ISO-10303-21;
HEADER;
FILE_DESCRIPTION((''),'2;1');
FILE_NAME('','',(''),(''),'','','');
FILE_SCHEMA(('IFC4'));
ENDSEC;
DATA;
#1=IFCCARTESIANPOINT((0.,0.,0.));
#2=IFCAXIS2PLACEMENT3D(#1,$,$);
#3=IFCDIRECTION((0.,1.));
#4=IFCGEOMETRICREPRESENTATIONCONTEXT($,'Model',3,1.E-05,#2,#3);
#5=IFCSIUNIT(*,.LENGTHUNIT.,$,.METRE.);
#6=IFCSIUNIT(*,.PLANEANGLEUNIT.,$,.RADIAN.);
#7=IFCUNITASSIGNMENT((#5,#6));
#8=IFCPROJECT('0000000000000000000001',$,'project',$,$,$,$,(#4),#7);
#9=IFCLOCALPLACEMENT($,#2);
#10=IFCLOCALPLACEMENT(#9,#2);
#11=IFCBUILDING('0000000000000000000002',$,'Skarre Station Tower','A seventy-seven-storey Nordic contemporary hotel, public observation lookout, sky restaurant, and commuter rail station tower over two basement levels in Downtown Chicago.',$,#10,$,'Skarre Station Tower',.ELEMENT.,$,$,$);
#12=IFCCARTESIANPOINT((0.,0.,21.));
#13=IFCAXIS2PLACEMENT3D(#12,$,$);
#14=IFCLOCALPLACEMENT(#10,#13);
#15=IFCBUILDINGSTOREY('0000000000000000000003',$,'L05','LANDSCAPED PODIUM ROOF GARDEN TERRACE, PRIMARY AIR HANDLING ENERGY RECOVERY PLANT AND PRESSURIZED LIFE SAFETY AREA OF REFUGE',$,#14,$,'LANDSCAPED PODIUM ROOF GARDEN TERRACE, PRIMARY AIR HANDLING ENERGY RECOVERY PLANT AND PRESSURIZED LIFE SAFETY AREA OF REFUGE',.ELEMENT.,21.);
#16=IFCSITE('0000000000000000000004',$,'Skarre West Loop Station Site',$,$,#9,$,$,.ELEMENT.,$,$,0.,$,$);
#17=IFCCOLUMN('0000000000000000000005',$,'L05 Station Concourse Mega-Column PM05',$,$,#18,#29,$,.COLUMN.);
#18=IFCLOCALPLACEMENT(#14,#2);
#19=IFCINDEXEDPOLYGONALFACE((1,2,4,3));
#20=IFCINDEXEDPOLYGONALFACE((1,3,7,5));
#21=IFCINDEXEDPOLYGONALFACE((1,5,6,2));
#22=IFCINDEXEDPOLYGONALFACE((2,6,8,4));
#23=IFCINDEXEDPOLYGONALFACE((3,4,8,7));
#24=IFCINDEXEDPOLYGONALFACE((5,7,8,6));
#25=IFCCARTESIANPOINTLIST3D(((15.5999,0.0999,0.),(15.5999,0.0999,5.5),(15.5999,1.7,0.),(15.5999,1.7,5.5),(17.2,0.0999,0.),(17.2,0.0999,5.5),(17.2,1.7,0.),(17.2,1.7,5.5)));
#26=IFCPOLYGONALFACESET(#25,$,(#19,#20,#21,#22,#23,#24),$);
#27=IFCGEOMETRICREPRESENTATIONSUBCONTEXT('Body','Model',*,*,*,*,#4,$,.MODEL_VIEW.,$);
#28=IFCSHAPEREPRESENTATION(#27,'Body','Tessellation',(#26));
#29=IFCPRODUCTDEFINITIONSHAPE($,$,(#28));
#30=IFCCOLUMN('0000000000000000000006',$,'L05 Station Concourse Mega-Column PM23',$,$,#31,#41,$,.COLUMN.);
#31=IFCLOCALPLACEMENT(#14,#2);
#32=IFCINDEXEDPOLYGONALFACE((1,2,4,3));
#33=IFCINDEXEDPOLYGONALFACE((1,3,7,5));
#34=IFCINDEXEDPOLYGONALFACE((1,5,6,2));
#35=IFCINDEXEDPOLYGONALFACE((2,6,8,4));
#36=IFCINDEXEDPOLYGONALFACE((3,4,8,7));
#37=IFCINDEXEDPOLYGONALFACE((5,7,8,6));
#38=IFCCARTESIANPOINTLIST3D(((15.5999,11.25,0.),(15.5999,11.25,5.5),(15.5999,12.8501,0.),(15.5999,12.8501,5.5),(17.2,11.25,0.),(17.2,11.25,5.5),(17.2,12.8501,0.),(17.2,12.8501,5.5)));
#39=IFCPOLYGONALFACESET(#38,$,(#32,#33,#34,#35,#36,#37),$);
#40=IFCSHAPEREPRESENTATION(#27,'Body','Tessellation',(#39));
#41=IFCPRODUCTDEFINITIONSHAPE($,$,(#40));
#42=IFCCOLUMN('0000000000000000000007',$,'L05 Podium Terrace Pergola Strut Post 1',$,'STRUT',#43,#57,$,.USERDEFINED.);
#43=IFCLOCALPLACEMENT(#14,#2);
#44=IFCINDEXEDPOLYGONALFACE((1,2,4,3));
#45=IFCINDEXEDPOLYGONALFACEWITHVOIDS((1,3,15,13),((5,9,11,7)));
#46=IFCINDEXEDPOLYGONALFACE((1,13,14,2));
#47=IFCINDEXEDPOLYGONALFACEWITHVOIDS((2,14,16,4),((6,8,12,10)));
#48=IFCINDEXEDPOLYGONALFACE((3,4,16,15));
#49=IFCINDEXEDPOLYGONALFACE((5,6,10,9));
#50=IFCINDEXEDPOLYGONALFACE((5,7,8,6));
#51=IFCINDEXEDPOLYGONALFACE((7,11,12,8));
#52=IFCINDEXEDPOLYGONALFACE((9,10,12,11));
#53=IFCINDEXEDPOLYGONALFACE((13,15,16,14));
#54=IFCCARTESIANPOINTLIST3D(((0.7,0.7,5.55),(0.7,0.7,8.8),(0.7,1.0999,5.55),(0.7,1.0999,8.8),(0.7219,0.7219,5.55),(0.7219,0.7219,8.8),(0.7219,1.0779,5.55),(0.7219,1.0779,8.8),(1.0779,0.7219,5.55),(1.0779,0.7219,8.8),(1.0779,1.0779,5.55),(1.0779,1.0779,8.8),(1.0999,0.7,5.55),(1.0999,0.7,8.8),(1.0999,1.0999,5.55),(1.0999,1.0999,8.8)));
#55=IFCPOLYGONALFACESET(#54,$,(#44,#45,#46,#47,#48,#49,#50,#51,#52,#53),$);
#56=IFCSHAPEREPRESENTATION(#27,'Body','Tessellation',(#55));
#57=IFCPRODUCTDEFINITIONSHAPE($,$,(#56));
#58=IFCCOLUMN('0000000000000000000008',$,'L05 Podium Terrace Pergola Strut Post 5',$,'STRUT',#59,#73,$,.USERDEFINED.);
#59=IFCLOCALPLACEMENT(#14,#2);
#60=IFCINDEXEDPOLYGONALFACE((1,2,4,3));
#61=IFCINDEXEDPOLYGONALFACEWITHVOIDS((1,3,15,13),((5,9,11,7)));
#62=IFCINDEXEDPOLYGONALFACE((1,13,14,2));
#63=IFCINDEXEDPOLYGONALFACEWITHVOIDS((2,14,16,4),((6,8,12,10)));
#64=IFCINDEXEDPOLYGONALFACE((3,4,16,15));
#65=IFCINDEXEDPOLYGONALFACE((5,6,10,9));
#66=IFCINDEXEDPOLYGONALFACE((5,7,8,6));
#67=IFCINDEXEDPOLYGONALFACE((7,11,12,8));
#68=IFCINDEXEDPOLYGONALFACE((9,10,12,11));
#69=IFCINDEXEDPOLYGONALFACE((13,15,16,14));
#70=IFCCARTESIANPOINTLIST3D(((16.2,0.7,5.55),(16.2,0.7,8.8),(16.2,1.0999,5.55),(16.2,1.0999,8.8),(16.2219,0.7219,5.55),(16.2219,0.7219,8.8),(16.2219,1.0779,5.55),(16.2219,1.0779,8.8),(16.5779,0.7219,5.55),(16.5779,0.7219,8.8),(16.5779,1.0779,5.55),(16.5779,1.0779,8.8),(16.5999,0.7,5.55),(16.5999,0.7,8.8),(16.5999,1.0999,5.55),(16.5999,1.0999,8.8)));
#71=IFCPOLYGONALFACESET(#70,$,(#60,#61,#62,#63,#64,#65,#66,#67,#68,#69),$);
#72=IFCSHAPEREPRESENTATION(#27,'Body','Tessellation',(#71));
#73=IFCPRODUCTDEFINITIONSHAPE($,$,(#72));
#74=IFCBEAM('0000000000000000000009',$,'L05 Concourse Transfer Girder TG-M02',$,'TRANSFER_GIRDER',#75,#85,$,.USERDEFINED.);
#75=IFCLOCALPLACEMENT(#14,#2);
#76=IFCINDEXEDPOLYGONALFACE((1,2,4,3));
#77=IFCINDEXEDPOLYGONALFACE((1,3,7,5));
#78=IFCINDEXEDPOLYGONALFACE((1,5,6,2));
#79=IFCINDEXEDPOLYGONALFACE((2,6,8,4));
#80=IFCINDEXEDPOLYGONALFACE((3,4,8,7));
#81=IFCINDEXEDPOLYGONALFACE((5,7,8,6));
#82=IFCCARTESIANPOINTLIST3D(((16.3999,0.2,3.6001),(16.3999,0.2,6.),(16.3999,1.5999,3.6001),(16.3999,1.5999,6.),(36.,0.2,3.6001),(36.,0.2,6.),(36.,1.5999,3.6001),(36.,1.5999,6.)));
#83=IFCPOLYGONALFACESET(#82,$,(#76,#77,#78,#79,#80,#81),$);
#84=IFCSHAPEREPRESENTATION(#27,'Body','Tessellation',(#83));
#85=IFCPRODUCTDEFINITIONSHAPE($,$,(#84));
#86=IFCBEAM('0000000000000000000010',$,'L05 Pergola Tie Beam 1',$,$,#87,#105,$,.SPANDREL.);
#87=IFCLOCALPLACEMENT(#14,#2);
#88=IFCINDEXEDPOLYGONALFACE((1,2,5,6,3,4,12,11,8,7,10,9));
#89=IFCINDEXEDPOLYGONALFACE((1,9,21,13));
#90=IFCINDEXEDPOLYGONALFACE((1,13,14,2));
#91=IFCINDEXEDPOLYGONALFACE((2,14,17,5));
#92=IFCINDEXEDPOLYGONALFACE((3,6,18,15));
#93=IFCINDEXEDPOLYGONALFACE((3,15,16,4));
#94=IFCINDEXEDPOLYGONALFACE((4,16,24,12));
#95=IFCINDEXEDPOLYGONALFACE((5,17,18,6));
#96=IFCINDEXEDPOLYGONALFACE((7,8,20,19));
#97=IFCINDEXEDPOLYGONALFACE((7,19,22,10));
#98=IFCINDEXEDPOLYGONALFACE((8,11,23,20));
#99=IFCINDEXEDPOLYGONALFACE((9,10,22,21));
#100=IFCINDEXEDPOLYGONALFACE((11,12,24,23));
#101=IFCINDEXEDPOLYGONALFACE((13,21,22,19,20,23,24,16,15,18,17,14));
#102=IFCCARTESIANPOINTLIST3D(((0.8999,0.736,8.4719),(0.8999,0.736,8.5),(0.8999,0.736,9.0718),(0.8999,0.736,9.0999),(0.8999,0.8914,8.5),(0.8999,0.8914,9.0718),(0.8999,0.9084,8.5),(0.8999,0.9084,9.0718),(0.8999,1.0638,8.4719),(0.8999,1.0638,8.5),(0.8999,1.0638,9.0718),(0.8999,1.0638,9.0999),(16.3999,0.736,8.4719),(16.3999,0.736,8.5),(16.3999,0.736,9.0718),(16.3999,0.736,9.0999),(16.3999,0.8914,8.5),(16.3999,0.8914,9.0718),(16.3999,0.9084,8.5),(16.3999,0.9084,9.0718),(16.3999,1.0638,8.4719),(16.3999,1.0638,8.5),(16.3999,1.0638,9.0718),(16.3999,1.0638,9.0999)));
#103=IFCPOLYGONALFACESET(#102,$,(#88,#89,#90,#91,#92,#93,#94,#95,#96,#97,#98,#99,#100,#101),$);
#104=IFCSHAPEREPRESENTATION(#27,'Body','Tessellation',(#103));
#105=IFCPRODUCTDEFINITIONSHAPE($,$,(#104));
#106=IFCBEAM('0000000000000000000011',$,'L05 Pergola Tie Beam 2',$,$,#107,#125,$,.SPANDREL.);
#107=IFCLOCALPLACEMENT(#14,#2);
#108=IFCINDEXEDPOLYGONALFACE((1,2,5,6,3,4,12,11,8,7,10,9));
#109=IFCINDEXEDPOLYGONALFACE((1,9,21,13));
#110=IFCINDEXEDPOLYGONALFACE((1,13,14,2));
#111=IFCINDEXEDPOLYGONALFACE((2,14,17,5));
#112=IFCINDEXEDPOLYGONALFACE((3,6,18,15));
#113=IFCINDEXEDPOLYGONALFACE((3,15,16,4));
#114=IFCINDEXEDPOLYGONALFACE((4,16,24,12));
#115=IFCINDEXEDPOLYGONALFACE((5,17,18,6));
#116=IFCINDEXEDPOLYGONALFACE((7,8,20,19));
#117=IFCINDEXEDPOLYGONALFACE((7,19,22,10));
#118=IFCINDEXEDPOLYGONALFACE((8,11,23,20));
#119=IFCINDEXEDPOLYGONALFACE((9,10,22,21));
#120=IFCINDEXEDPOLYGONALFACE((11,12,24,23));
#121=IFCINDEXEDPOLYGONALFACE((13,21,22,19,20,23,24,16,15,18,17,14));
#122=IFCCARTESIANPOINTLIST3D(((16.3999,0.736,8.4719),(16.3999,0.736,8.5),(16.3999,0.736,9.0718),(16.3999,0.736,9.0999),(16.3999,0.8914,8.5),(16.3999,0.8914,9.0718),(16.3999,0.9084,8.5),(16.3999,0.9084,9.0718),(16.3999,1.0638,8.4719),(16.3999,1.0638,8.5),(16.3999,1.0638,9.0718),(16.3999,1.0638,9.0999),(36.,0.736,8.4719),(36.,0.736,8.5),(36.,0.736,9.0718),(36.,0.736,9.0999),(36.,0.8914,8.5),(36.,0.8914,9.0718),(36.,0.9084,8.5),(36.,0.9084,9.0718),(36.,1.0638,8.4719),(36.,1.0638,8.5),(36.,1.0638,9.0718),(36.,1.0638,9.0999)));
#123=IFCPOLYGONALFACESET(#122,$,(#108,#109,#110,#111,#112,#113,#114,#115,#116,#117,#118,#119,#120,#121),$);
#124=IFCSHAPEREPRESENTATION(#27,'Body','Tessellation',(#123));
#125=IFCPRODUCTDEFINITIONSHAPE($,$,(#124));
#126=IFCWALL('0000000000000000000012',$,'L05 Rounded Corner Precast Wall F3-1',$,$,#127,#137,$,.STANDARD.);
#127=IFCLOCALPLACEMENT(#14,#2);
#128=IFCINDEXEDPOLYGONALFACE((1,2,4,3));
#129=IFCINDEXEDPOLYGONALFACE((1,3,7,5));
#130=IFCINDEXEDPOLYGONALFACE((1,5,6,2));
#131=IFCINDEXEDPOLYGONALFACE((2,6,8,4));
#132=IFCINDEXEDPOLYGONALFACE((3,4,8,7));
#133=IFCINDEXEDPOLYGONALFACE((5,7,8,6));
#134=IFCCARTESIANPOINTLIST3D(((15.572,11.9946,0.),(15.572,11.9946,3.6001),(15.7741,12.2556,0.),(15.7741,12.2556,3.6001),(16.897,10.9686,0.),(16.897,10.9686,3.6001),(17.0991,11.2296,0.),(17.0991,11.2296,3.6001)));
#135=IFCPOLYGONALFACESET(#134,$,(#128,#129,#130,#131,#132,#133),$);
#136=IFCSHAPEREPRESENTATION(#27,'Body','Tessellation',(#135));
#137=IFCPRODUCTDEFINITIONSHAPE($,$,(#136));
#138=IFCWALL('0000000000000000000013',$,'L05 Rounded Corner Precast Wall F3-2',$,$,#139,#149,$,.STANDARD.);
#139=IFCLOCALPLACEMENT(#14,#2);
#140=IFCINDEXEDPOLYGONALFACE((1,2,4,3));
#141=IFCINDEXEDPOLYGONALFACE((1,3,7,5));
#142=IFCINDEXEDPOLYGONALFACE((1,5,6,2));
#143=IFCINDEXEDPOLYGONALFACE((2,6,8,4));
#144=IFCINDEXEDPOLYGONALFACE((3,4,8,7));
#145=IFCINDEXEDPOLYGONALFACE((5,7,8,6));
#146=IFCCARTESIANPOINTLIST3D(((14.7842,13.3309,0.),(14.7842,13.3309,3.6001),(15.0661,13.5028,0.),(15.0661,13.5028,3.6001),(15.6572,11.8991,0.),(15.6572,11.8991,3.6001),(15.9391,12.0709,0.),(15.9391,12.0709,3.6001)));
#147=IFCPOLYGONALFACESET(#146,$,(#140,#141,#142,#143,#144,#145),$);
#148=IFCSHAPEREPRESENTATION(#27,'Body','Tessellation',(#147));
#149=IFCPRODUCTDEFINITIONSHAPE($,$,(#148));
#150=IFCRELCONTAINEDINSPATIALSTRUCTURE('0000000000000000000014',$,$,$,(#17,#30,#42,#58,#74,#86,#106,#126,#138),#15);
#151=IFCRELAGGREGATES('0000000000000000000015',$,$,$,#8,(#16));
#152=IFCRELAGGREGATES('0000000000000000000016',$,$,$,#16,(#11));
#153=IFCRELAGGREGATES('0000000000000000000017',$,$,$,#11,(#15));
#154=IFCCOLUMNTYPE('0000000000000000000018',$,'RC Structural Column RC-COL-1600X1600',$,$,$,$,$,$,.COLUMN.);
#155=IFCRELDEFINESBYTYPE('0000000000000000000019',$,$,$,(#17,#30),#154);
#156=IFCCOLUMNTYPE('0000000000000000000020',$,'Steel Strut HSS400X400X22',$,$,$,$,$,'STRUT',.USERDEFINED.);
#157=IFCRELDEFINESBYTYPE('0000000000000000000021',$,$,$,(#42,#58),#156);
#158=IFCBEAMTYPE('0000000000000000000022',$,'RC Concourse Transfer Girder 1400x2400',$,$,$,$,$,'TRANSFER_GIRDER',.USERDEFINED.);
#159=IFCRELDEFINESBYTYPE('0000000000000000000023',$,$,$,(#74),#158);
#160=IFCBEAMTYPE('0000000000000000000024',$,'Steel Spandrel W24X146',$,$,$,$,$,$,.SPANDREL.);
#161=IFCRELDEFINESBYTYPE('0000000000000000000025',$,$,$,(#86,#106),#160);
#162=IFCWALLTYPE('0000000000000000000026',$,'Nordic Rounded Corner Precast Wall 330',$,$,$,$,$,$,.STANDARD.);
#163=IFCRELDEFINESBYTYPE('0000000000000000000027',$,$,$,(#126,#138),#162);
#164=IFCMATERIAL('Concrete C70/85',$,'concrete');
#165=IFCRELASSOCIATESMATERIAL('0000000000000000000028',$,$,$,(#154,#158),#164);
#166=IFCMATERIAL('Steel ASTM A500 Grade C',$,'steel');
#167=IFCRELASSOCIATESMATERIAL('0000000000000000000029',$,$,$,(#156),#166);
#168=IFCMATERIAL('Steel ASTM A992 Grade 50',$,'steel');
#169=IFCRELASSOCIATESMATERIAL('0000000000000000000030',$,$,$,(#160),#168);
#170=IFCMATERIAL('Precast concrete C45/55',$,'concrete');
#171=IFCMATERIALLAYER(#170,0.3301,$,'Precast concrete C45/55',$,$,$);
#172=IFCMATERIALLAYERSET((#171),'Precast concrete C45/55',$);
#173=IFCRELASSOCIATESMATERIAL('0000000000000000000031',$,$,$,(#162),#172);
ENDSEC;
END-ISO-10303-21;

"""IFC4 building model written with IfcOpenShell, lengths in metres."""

from ifc_helpers import new_model, si_unit, direction, frame, frame_2d, origin, origin_2d, place, context, subcontext, project, spatial, rectangle, hollow_rectangle, i_section, extrude, material, layer, layer_set, material_profile, profile_set, type_object, element, save


model = new_model("IFC4")

# Units and contexts
model_context = context("Model", 3, precision=1e-05, world=origin(), true_north=direction((0.0, 1.0)))
body_context = subcontext(model_context, "Body", "Model", "MODEL_VIEW")
ifc_project = project(units=[si_unit("LENGTHUNIT", "METRE"), si_unit("PLANEANGLEUNIT", "RADIAN")], contexts=[model_context])

# Site, building, storey
site_placement = place(None, origin())
site = spatial("IfcSite", under=ifc_project, at=site_placement, Name="Skarre West Loop Station Site", CompositionType="ELEMENT", RefElevation=0.0)
building_placement = place(site_placement, origin())
building = spatial("IfcBuilding", under=site, at=building_placement, Name="Skarre Station Tower", Description="A seventy-seven-storey Nordic contemporary hotel, public observation lookout, sky restaurant, and commuter rail station tower over two basement levels in Downtown Chicago.", LongName="Skarre Station Tower", CompositionType="ELEMENT")
storey_placement = place(building_placement, frame((0.0, 0.0, 21.0)))
storey = spatial("IfcBuildingStorey", under=building, at=storey_placement, Name="L05", Description="LANDSCAPED PODIUM ROOF GARDEN TERRACE, PRIMARY AIR HANDLING ENERGY RECOVERY PLANT AND PRESSURIZED LIFE SAFETY AREA OF REFUGE", LongName="LANDSCAPED PODIUM ROOF GARDEN TERRACE, PRIMARY AIR HANDLING ENERGY RECOVERY PLANT AND PRESSURIZED LIFE SAFETY AREA OF REFUGE", CompositionType="ELEMENT", Elevation=21.0)

# Columns
ifc_material_1 = material(Name="Concrete C70/85", Category="concrete")
ifc_material_profile_1 = material_profile(ifc_material_1, rectangle(XDim=1.6001, YDim=1.6001, at=origin_2d()), Name="Concrete C70/85")
ifc_profile_set_1 = profile_set([ifc_material_profile_1], Name="Concrete C70/85")
column_type_1 = type_object("IfcColumnType", Name="RC Structural Column RC-COL-1600X1600", PredefinedType="COLUMN", material=ifc_profile_set_1)
for number, where, z_axis, x_axis, name in (
    (1, (16.3999, 0.8999, 0.0), (0.0, 0.0, 1.0), (1.0, 0.0, 0.0), "L05 Station Concourse Mega-Column PM05"),
    (2, (16.3999, 12.05, 0.0), (0.0, 0.0, 1.0), (1.0, 0.0, 0.0), "L05 Station Concourse Mega-Column PM23"),
):
    element("IfcColumn", number, at=place(storey_placement, frame(where, z_axis=z_axis, x_axis=x_axis)), inside=storey, type_object=column_type_1, Name=name, PredefinedType="COLUMN", context=body_context, shape_type="SweptSolid", body=[
        extrude(rectangle(XDim=1.6001, YDim=1.6001, at=origin_2d()), origin(), (0.0, 0.0, 1.0), 5.5),
    ])
ifc_material_2 = material(Name="Steel ASTM A500 Grade C", Category="steel")
ifc_material_profile_2 = material_profile(ifc_material_2, hollow_rectangle(XDim=0.3999, YDim=0.3999, WallThickness=0.022, at=origin_2d()), Name="Steel ASTM A500 Grade C")
ifc_profile_set_2 = profile_set([ifc_material_profile_2], Name="Steel ASTM A500 Grade C")
column_type_2 = type_object("IfcColumnType", Name="Steel Strut HSS400X400X22", ElementType="STRUT", PredefinedType="USERDEFINED", material=ifc_profile_set_2)
for number, where, z_axis, x_axis, name in (
    (3, (0.8999, 0.8999, 5.55), (0.0, 0.0, 1.0), (1.0, 0.0, 0.0), "L05 Podium Terrace Pergola Strut Post 1"),
    (4, (16.3999, 0.8999, 5.55), (0.0, 0.0, 1.0), (1.0, 0.0, 0.0), "L05 Podium Terrace Pergola Strut Post 5"),
):
    element("IfcColumn", number, at=place(storey_placement, frame(where, z_axis=z_axis, x_axis=x_axis)), inside=storey, type_object=column_type_2, Name=name, ObjectType="STRUT", PredefinedType="USERDEFINED", context=body_context, shape_type="SweptSolid", body=[
        extrude(hollow_rectangle(XDim=0.3999, YDim=0.3999, WallThickness=0.022, at=origin_2d()), origin(), (0.0, 0.0, 1.0), 3.25),
    ])

# Beams
ifc_material_profile_3 = material_profile(ifc_material_1, rectangle(XDim=1.3999, YDim=2.3999, at=origin_2d()), Name="Concrete C70/85")
ifc_profile_set_3 = profile_set([ifc_material_profile_3], Name="Concrete C70/85")
beam_type_1 = type_object("IfcBeamType", Name="RC Concourse Transfer Girder 1400x2400", ElementType="TRANSFER_GIRDER", PredefinedType="USERDEFINED", material=ifc_profile_set_3)
beam_1_placement = place(storey_placement, frame((16.3999, 0.8999, 4.8), z_axis=(1.0, 0.0, 0.0), x_axis=(0.0, 1.0, 0.0)))
element("IfcBeam", 5, at=beam_1_placement, inside=storey, type_object=beam_type_1, Name="L05 Concourse Transfer Girder TG-M02", ObjectType="TRANSFER_GIRDER", PredefinedType="USERDEFINED", context=body_context, shape_type="SweptSolid", body=[
    extrude(rectangle(XDim=1.3999, YDim=2.3999, at=origin_2d()), origin(), (0.0, 0.0, 1.0), 19.6001),
])
ifc_material_3 = material(Name="Steel ASTM A992 Grade 50", Category="steel")
ifc_material_profile_4 = material_profile(ifc_material_3, i_section(OverallWidth=0.3279, OverallDepth=0.6279, WebThickness=0.0171, FlangeThickness=0.0281, at=origin_2d()), Name="Steel ASTM A992 Grade 50")
ifc_profile_set_4 = profile_set([ifc_material_profile_4], Name="Steel ASTM A992 Grade 50")
beam_type_2 = type_object("IfcBeamType", Name="Steel Spandrel W24X146", PredefinedType="SPANDREL", material=ifc_profile_set_4)
beam_2_placement = place(storey_placement, frame((0.8999, 0.8999, 8.7859), z_axis=(1.0, 0.0, 0.0), x_axis=(0.0, 1.0, 0.0)))
element("IfcBeam", 6, at=beam_2_placement, inside=storey, type_object=beam_type_2, Name="L05 Pergola Tie Beam 1", PredefinedType="SPANDREL", context=body_context, shape_type="SweptSolid", body=[
    extrude(i_section(OverallWidth=0.3279, OverallDepth=0.6279, WebThickness=0.0171, FlangeThickness=0.0281, at=origin_2d()), origin(), (0.0, 0.0, 1.0), 15.5),
])
beam_3_placement = place(storey_placement, frame((16.3999, 0.8999, 8.7859), z_axis=(1.0, 0.0, 0.0), x_axis=(0.0, 1.0, 0.0)))
element("IfcBeam", 7, at=beam_3_placement, inside=storey, type_object=beam_type_2, Name="L05 Pergola Tie Beam 2", PredefinedType="SPANDREL", context=body_context, shape_type="SweptSolid", body=[
    extrude(i_section(OverallWidth=0.3279, OverallDepth=0.6279, WebThickness=0.0171, FlangeThickness=0.0281, at=origin_2d()), origin(), (0.0, 0.0, 1.0), 19.6001),
])

# Walls
ifc_material_4 = material(Name="Precast concrete C45/55", Category="concrete")
ifc_layer = layer(ifc_material_4, 0.3301, Name="Precast concrete C45/55")
ifc_layer_set = layer_set([ifc_layer], Name="Precast concrete C45/55")
wall_type = type_object("IfcWallType", Name="Nordic Rounded Corner Precast Wall 330", PredefinedType="STANDARD", material=ifc_layer_set)
wall_1_placement = place(storey_placement, frame((16.998, 11.0991, 0.0), z_axis=(0.0, 0.0, 1.0), x_axis=(-0.790692, 0.612214, 0.0)))
element("IfcWall", 8, at=wall_1_placement, inside=storey, type_object=wall_type, Name="L05 Rounded Corner Precast Wall F3-1", PredefinedType="STANDARD", context=body_context, shape_type="SweptSolid", body=[
    extrude(rectangle(XDim=1.6758, YDim=0.3301, at=frame_2d((0.8379, 0.0))), origin(), (0.0, 0.0, 1.0), 3.6001),
])
wall_2_placement = place(storey_placement, frame((15.7981, 11.9851, 0.0), z_axis=(0.0, 0.0, 1.0), x_axis=(-0.520584, 0.85381, 0.0)))
element("IfcWall", 9, at=wall_2_placement, inside=storey, type_object=wall_type, Name="L05 Rounded Corner Precast Wall F3-2", PredefinedType="STANDARD", context=body_context, shape_type="SweptSolid", body=[
    extrude(rectangle(XDim=1.677, YDim=0.3301, at=frame_2d((0.8384, 0.0))), origin(), (0.0, 0.0, 1.0), 3.6001),
])

save(model, "model.ifc")
